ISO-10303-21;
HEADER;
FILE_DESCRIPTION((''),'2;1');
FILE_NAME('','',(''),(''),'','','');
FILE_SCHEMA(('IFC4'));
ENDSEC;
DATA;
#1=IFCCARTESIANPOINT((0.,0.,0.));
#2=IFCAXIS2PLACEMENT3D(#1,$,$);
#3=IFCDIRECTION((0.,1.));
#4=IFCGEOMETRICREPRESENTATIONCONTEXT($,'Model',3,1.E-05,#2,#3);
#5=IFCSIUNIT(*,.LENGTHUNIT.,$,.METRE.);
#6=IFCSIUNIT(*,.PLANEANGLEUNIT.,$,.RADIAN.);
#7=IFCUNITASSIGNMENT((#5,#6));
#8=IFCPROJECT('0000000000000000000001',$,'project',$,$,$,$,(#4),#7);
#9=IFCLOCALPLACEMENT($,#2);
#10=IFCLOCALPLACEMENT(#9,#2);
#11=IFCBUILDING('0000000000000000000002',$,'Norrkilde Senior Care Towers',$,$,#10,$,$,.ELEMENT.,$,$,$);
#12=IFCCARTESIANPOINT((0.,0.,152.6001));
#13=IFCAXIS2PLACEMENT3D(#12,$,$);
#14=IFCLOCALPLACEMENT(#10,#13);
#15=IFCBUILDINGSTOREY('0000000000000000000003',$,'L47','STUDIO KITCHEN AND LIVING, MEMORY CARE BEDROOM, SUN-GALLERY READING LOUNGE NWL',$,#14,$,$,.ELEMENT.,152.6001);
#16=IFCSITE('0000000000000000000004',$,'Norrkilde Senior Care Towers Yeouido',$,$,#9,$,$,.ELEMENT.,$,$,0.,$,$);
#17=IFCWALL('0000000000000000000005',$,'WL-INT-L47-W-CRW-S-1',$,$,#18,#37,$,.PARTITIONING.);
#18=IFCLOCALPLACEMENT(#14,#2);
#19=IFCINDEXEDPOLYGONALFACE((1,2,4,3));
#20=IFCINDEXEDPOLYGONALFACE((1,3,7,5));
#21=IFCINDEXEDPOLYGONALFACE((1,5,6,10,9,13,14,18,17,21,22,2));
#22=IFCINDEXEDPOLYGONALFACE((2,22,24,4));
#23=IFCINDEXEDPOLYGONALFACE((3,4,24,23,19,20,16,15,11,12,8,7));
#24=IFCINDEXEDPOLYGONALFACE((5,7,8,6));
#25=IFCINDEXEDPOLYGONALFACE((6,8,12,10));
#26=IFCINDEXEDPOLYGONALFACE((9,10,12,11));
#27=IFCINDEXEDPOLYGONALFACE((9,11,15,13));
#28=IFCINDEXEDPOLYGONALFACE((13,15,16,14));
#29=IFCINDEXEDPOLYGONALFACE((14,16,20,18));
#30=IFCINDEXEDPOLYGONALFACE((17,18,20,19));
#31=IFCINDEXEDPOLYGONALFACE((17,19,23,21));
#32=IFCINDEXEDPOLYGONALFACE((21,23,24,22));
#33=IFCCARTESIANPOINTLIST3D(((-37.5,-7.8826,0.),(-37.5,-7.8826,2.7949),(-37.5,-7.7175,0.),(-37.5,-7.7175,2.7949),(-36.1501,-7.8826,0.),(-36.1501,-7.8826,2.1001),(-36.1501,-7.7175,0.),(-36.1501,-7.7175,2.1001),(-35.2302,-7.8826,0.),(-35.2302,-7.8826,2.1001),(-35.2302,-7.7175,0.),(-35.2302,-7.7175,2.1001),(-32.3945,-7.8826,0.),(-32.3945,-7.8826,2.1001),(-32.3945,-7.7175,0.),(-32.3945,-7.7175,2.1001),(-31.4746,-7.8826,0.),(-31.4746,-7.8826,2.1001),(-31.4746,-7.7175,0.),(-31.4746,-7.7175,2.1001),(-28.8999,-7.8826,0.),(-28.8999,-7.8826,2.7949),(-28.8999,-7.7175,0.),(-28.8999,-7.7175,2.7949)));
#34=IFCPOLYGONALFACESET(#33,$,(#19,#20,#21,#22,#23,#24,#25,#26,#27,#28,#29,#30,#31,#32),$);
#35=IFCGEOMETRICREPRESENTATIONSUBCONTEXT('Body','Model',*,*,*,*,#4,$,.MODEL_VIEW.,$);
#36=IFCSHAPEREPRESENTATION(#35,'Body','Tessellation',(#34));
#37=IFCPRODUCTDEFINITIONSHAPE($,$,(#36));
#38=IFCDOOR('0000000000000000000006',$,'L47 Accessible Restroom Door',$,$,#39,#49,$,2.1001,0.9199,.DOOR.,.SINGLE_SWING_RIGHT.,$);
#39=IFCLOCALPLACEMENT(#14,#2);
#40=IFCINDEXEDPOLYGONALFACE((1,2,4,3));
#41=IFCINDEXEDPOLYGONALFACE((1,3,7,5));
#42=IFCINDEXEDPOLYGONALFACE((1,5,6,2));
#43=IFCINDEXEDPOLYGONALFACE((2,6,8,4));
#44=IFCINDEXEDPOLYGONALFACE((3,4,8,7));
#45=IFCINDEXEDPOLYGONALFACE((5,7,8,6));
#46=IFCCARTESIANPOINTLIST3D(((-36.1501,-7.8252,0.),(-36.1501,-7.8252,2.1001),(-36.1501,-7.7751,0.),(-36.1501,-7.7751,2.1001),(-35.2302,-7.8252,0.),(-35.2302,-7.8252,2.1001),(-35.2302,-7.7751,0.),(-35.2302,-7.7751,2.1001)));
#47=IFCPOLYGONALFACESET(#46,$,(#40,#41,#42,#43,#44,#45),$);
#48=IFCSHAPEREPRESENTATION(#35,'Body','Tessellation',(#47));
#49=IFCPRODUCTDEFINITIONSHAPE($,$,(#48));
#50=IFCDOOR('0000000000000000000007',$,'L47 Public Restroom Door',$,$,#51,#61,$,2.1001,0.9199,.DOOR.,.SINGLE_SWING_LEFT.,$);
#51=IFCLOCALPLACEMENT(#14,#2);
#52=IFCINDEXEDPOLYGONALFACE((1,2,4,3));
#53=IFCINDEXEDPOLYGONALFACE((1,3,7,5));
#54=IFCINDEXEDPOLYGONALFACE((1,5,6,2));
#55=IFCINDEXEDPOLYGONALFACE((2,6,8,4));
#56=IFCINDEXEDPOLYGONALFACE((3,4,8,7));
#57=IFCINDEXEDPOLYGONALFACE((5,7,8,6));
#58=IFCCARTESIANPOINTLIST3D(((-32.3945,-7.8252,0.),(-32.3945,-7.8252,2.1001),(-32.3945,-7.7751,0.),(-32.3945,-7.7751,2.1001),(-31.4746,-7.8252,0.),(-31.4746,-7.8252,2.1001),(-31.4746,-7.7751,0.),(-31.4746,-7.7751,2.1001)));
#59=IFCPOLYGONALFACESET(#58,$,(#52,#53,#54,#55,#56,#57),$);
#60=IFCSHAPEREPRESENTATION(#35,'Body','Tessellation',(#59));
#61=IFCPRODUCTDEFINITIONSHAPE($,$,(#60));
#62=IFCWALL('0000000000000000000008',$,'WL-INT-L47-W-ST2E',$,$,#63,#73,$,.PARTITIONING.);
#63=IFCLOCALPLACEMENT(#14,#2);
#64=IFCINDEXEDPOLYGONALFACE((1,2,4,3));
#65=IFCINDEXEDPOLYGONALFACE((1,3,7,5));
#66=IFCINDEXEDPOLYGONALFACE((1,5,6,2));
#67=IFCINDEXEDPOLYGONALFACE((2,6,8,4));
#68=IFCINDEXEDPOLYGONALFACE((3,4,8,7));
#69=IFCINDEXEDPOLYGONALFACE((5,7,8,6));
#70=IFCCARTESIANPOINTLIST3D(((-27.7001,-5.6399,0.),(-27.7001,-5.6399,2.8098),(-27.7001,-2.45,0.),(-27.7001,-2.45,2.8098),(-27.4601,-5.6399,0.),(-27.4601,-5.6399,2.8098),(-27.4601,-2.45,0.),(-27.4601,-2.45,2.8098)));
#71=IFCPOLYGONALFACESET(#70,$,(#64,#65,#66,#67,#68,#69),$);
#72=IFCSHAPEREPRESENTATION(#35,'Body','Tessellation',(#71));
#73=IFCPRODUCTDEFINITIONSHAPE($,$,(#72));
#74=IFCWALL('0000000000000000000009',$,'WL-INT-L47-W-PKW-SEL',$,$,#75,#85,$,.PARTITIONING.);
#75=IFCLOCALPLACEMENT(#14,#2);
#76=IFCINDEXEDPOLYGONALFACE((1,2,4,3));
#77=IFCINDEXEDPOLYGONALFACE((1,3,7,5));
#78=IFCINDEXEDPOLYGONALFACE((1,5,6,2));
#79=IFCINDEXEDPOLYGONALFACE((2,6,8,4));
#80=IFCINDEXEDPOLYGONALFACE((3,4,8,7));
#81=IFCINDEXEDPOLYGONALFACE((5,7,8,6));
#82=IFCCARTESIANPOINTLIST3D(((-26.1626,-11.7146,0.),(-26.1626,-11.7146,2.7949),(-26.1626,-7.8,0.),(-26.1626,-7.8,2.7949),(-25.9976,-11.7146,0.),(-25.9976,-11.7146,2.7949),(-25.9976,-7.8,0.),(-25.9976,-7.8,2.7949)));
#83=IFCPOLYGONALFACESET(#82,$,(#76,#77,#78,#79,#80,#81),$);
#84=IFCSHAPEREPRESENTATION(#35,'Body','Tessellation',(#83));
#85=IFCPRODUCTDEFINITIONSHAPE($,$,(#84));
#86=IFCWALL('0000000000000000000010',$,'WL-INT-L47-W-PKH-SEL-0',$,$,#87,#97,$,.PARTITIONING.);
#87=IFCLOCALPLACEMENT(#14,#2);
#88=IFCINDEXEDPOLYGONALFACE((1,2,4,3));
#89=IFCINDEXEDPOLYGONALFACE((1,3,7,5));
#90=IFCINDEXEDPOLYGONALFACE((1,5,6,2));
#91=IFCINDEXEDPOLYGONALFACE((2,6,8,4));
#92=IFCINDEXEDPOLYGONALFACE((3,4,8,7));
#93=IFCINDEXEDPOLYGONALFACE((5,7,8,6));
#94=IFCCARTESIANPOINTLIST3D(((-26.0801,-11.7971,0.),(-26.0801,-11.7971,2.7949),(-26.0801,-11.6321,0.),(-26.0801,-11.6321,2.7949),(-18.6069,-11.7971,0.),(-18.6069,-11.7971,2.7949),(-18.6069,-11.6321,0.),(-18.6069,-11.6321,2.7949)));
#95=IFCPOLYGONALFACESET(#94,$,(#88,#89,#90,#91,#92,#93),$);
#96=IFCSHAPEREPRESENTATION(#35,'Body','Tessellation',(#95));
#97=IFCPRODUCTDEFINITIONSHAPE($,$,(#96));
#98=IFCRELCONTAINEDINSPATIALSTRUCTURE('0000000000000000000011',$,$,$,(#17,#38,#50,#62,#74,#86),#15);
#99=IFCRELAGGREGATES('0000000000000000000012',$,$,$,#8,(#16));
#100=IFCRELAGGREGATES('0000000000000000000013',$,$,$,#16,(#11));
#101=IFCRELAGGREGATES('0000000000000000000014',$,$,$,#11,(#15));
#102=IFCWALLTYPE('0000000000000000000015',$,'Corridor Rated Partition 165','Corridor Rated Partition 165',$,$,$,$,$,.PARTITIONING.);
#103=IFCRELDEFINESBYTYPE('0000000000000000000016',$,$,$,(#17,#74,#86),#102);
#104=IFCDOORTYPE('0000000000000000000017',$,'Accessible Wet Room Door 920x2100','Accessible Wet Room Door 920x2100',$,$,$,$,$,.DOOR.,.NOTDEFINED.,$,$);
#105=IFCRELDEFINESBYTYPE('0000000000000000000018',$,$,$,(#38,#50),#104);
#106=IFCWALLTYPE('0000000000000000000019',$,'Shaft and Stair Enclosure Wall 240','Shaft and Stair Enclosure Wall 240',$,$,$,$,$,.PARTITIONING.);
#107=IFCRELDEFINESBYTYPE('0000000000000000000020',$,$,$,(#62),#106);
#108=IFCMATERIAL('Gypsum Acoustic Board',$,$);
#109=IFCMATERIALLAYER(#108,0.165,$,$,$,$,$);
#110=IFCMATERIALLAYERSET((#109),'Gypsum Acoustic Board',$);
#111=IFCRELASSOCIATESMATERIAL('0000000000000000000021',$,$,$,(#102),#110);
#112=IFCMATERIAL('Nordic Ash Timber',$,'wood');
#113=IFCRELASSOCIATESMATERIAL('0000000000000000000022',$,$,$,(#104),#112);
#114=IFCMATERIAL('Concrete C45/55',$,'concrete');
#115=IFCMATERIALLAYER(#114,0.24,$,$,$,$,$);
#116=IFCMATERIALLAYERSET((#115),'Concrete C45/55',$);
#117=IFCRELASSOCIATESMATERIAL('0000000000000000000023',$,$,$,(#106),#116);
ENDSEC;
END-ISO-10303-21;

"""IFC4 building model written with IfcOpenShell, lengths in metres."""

from ifc_helpers import new_model, si_unit, direction, frame, frame_2d, origin, place, context, subcontext, project, spatial, rectangle, extrude, source, transform, mapped, material, layer, layer_set, type_object, type_shapes, element, fill, save


model = new_model("IFC4")

# Units and contexts
model_context = context("Model", 3, precision=1e-05, world=origin(), true_north=direction((0.0, 1.0)))
body_context = subcontext(model_context, "Body", "Model", "MODEL_VIEW")
ifc_project = project(units=[si_unit("LENGTHUNIT", "METRE"), si_unit("PLANEANGLEUNIT", "RADIAN")], contexts=[model_context])

# Site, building, storey
site_placement = place(None, origin())
site = spatial("IfcSite", under=ifc_project, at=site_placement, Name="Norrkilde Senior Care Towers Yeouido", CompositionType="ELEMENT", RefElevation=0.0)
building_placement = place(site_placement, origin())
building = spatial("IfcBuilding", under=site, at=building_placement, Name="Norrkilde Senior Care Towers", CompositionType="ELEMENT")
storey_placement = place(building_placement, frame((0.0, 0.0, 152.6001)))
storey = spatial("IfcBuildingStorey", under=building, at=storey_placement, Name="L47", Description="STUDIO KITCHEN AND LIVING, MEMORY CARE BEDROOM, SUN-GALLERY READING LOUNGE NWL", CompositionType="ELEMENT", Elevation=152.6001)

# Shared definitions
ifc_material_1 = material(Name="Concrete C45/55", Category="concrete")

# Shared definitions
ifc_material_2 = material(Name="Gypsum Acoustic Board")
ifc_layer_1 = layer(ifc_material_2, 0.165)
ifc_layer_set_1 = layer_set([ifc_layer_1], Name="Gypsum Acoustic Board")
wall_type_1 = type_object("IfcWallType", Name="Corridor Rated Partition 165", Description="Corridor Rated Partition 165", PredefinedType="PARTITIONING", material=ifc_layer_set_1)

# Wall, openings, doors
shared_shape_1 = source(origin(), body_context, "Body", "SweptSolid", [
    extrude(rectangle(XDim=8.6001, YDim=0.165, at=frame_2d((4.3, 0.0))), origin(), (0.0, 0.0, 1.0), 2.7949),
])
wall_1_placement = place(storey_placement, frame((-28.8999, -7.8, 0.0), z_axis=(0.0, 0.0, 1.0), x_axis=(-1.0, 0.0, 0.0)))
wall_1 = element("IfcWall", 1, at=wall_1_placement, inside=storey, type_object=wall_type_1, Name="WL-INT-L47-W-CRW-S-1", PredefinedType="PARTITIONING", context=body_context, shape_type="MappedRepresentation", body=[
    mapped(shared_shape_1, transform((0.0, 0.0, 0.0), x_axis=(1.0, 0.0, 0.0), y_axis=(0.0, 1.0, 0.0), z_axis=(0.0, 0.0, 1.0), scale=1.0)),
])
opening_1_placement = place(wall_1_placement, frame((6.3303, 0.0, 0.0)))
opening_1 = element("IfcOpeningElement", 2, at=opening_1_placement, cuts=wall_1, PredefinedType="OPENING", context=body_context, shape_type="SweptSolid", body=[
    extrude(rectangle(XDim=0.9199, YDim=2.1001, at=frame_2d((0.46, 1.05))), frame((0.0, 0.0925, 0.0), z_axis=(0.0, -1.0, 0.0), x_axis=(1.0, 0.0, 0.0)), (0.0, 0.0, 1.0), 0.1851),
])
opening_2_placement = place(wall_1_placement, frame((2.5747, 0.0, 0.0)))
opening_2 = element("IfcOpeningElement", 3, at=opening_2_placement, cuts=wall_1, PredefinedType="OPENING", context=body_context, shape_type="SweptSolid", body=[
    extrude(rectangle(XDim=0.9199, YDim=2.1001, at=frame_2d((0.46, 1.05))), frame((0.0, 0.0925, 0.0), z_axis=(0.0, -1.0, 0.0), x_axis=(1.0, 0.0, 0.0)), (0.0, 0.0, 1.0), 0.1851),
])
ifc_material_3 = material(Name="Nordic Ash Timber", Category="wood")
door_type_1 = type_object("IfcDoorType", Name="Accessible Wet Room Door 920x2100", Description="Accessible Wet Room Door 920x2100", OperationType="NOTDEFINED", PredefinedType="DOOR", material=ifc_material_3)
shared_shape_2 = source(origin(), body_context, "Body", "SweptSolid", [
    extrude(rectangle(XDim=0.9199, YDim=2.1001, at=frame_2d((0.46, 1.05))), frame((0.0, 0.0249, 0.0), z_axis=(0.0, -1.0, 0.0), x_axis=(1.0, 0.0, 0.0)), (0.0, 0.0, 1.0), 0.05),
])
type_shapes(door_type_1, [shared_shape_2])
door_1_placement = place(opening_1_placement, frame((0.9199, 0.0, 0.0), z_axis=(0.0, 0.0, 1.0), x_axis=(-1.0, 0.0, 0.0)))
door_1 = element("IfcDoor", 4, at=door_1_placement, inside=storey, type_object=door_type_1, Name="L47 Accessible Restroom Door", OperationType="SINGLE_SWING_RIGHT", OverallHeight=2.1001, OverallWidth=0.9199, PredefinedType="DOOR", context=body_context, shape_type="MappedRepresentation", body=[
    mapped(shared_shape_2, transform((0.0, 0.0, 0.0), x_axis=(1.0, 0.0, 0.0), y_axis=(0.0, 1.0, 0.0), z_axis=(0.0, 0.0, 1.0), scale=1.0)),
])
fill(opening_1, door_1)
door_2_placement = place(opening_2_placement, frame((0.9199, 0.0, 0.0), z_axis=(0.0, 0.0, 1.0), x_axis=(-1.0, 0.0, 0.0)))
door_2 = element("IfcDoor", 5, at=door_2_placement, inside=storey, type_object=door_type_1, Name="L47 Public Restroom Door", OperationType="SINGLE_SWING_LEFT", OverallHeight=2.1001, OverallWidth=0.9199, PredefinedType="DOOR", context=body_context, shape_type="MappedRepresentation", body=[
    mapped(shared_shape_2, transform((0.0, 0.0, 0.0), x_axis=(1.0, 0.0, 0.0), y_axis=(0.0, 1.0, 0.0), z_axis=(0.0, 0.0, 1.0), scale=1.0)),
])
fill(opening_2, door_2)

# Walls
ifc_layer_2 = layer(ifc_material_1, 0.24)
ifc_layer_set_2 = layer_set([ifc_layer_2], Name="Concrete C45/55")
wall_type_2 = type_object("IfcWallType", Name="Shaft and Stair Enclosure Wall 240", Description="Shaft and Stair Enclosure Wall 240", PredefinedType="PARTITIONING", material=ifc_layer_set_2)
shared_shape_3 = source(origin(), body_context, "Body", "SweptSolid", [
    extrude(rectangle(XDim=3.1899, YDim=0.24, at=frame_2d((1.595, 0.0))), origin(), (0.0, 0.0, 1.0), 2.8098),
])
type_shapes(wall_type_2, [shared_shape_3])
wall_2_placement = place(storey_placement, frame((-27.5801, -5.6399, 0.0), z_axis=(0.0, 0.0, 1.0), x_axis=(0.0, 1.0, 0.0)))
element("IfcWall", 6, at=wall_2_placement, inside=storey, type_object=wall_type_2, Name="WL-INT-L47-W-ST2E", PredefinedType="PARTITIONING", context=body_context, shape_type="MappedRepresentation", body=[
    mapped(shared_shape_3, transform((0.0, 0.0, 0.0), x_axis=(1.0, 0.0, 0.0), y_axis=(0.0, 1.0, 0.0), z_axis=(0.0, 0.0, 1.0), scale=1.0)),
])
shared_shape_4 = source(origin(), body_context, "Body", "SweptSolid", [
    extrude(rectangle(XDim=3.9146, YDim=0.165, at=frame_2d((1.9573, 0.0))), origin(), (0.0, 0.0, 1.0), 2.7949),
])
wall_3_placement = place(storey_placement, frame((-26.0801, -11.7146, 0.0), z_axis=(0.0, 0.0, 1.0), x_axis=(0.0, 1.0, 0.0)))
element("IfcWall", 7, at=wall_3_placement, inside=storey, type_object=wall_type_1, Name="WL-INT-L47-W-PKW-SEL", PredefinedType="PARTITIONING", context=body_context, shape_type="MappedRepresentation", body=[
    mapped(shared_shape_4, transform((0.0, 0.0, 0.0), x_axis=(1.0, 0.0, 0.0), y_axis=(0.0, 1.0, 0.0), z_axis=(0.0, 0.0, 1.0), scale=1.0)),
])
shared_shape_5 = source(origin(), body_context, "Body", "SweptSolid", [
    extrude(rectangle(XDim=7.4731, YDim=0.165, at=frame_2d((3.7366, 0.0))), origin(), (0.0, 0.0, 1.0), 2.7949),
])
wall_4_placement = place(storey_placement, frame((-26.0801, -11.7146, 0.0), z_axis=(0.0, 0.0, 1.0), x_axis=(1.0, 0.0, 0.0)))
element("IfcWall", 8, at=wall_4_placement, inside=storey, type_object=wall_type_1, Name="WL-INT-L47-W-PKH-SEL-0", PredefinedType="PARTITIONING", context=body_context, shape_type="MappedRepresentation", body=[
    mapped(shared_shape_5, transform((0.0, 0.0, 0.0), x_axis=(1.0, 0.0, 0.0), y_axis=(0.0, 1.0, 0.0), z_axis=(0.0, 0.0, 1.0), scale=1.0)),
])

save(model, "model.ifc")
